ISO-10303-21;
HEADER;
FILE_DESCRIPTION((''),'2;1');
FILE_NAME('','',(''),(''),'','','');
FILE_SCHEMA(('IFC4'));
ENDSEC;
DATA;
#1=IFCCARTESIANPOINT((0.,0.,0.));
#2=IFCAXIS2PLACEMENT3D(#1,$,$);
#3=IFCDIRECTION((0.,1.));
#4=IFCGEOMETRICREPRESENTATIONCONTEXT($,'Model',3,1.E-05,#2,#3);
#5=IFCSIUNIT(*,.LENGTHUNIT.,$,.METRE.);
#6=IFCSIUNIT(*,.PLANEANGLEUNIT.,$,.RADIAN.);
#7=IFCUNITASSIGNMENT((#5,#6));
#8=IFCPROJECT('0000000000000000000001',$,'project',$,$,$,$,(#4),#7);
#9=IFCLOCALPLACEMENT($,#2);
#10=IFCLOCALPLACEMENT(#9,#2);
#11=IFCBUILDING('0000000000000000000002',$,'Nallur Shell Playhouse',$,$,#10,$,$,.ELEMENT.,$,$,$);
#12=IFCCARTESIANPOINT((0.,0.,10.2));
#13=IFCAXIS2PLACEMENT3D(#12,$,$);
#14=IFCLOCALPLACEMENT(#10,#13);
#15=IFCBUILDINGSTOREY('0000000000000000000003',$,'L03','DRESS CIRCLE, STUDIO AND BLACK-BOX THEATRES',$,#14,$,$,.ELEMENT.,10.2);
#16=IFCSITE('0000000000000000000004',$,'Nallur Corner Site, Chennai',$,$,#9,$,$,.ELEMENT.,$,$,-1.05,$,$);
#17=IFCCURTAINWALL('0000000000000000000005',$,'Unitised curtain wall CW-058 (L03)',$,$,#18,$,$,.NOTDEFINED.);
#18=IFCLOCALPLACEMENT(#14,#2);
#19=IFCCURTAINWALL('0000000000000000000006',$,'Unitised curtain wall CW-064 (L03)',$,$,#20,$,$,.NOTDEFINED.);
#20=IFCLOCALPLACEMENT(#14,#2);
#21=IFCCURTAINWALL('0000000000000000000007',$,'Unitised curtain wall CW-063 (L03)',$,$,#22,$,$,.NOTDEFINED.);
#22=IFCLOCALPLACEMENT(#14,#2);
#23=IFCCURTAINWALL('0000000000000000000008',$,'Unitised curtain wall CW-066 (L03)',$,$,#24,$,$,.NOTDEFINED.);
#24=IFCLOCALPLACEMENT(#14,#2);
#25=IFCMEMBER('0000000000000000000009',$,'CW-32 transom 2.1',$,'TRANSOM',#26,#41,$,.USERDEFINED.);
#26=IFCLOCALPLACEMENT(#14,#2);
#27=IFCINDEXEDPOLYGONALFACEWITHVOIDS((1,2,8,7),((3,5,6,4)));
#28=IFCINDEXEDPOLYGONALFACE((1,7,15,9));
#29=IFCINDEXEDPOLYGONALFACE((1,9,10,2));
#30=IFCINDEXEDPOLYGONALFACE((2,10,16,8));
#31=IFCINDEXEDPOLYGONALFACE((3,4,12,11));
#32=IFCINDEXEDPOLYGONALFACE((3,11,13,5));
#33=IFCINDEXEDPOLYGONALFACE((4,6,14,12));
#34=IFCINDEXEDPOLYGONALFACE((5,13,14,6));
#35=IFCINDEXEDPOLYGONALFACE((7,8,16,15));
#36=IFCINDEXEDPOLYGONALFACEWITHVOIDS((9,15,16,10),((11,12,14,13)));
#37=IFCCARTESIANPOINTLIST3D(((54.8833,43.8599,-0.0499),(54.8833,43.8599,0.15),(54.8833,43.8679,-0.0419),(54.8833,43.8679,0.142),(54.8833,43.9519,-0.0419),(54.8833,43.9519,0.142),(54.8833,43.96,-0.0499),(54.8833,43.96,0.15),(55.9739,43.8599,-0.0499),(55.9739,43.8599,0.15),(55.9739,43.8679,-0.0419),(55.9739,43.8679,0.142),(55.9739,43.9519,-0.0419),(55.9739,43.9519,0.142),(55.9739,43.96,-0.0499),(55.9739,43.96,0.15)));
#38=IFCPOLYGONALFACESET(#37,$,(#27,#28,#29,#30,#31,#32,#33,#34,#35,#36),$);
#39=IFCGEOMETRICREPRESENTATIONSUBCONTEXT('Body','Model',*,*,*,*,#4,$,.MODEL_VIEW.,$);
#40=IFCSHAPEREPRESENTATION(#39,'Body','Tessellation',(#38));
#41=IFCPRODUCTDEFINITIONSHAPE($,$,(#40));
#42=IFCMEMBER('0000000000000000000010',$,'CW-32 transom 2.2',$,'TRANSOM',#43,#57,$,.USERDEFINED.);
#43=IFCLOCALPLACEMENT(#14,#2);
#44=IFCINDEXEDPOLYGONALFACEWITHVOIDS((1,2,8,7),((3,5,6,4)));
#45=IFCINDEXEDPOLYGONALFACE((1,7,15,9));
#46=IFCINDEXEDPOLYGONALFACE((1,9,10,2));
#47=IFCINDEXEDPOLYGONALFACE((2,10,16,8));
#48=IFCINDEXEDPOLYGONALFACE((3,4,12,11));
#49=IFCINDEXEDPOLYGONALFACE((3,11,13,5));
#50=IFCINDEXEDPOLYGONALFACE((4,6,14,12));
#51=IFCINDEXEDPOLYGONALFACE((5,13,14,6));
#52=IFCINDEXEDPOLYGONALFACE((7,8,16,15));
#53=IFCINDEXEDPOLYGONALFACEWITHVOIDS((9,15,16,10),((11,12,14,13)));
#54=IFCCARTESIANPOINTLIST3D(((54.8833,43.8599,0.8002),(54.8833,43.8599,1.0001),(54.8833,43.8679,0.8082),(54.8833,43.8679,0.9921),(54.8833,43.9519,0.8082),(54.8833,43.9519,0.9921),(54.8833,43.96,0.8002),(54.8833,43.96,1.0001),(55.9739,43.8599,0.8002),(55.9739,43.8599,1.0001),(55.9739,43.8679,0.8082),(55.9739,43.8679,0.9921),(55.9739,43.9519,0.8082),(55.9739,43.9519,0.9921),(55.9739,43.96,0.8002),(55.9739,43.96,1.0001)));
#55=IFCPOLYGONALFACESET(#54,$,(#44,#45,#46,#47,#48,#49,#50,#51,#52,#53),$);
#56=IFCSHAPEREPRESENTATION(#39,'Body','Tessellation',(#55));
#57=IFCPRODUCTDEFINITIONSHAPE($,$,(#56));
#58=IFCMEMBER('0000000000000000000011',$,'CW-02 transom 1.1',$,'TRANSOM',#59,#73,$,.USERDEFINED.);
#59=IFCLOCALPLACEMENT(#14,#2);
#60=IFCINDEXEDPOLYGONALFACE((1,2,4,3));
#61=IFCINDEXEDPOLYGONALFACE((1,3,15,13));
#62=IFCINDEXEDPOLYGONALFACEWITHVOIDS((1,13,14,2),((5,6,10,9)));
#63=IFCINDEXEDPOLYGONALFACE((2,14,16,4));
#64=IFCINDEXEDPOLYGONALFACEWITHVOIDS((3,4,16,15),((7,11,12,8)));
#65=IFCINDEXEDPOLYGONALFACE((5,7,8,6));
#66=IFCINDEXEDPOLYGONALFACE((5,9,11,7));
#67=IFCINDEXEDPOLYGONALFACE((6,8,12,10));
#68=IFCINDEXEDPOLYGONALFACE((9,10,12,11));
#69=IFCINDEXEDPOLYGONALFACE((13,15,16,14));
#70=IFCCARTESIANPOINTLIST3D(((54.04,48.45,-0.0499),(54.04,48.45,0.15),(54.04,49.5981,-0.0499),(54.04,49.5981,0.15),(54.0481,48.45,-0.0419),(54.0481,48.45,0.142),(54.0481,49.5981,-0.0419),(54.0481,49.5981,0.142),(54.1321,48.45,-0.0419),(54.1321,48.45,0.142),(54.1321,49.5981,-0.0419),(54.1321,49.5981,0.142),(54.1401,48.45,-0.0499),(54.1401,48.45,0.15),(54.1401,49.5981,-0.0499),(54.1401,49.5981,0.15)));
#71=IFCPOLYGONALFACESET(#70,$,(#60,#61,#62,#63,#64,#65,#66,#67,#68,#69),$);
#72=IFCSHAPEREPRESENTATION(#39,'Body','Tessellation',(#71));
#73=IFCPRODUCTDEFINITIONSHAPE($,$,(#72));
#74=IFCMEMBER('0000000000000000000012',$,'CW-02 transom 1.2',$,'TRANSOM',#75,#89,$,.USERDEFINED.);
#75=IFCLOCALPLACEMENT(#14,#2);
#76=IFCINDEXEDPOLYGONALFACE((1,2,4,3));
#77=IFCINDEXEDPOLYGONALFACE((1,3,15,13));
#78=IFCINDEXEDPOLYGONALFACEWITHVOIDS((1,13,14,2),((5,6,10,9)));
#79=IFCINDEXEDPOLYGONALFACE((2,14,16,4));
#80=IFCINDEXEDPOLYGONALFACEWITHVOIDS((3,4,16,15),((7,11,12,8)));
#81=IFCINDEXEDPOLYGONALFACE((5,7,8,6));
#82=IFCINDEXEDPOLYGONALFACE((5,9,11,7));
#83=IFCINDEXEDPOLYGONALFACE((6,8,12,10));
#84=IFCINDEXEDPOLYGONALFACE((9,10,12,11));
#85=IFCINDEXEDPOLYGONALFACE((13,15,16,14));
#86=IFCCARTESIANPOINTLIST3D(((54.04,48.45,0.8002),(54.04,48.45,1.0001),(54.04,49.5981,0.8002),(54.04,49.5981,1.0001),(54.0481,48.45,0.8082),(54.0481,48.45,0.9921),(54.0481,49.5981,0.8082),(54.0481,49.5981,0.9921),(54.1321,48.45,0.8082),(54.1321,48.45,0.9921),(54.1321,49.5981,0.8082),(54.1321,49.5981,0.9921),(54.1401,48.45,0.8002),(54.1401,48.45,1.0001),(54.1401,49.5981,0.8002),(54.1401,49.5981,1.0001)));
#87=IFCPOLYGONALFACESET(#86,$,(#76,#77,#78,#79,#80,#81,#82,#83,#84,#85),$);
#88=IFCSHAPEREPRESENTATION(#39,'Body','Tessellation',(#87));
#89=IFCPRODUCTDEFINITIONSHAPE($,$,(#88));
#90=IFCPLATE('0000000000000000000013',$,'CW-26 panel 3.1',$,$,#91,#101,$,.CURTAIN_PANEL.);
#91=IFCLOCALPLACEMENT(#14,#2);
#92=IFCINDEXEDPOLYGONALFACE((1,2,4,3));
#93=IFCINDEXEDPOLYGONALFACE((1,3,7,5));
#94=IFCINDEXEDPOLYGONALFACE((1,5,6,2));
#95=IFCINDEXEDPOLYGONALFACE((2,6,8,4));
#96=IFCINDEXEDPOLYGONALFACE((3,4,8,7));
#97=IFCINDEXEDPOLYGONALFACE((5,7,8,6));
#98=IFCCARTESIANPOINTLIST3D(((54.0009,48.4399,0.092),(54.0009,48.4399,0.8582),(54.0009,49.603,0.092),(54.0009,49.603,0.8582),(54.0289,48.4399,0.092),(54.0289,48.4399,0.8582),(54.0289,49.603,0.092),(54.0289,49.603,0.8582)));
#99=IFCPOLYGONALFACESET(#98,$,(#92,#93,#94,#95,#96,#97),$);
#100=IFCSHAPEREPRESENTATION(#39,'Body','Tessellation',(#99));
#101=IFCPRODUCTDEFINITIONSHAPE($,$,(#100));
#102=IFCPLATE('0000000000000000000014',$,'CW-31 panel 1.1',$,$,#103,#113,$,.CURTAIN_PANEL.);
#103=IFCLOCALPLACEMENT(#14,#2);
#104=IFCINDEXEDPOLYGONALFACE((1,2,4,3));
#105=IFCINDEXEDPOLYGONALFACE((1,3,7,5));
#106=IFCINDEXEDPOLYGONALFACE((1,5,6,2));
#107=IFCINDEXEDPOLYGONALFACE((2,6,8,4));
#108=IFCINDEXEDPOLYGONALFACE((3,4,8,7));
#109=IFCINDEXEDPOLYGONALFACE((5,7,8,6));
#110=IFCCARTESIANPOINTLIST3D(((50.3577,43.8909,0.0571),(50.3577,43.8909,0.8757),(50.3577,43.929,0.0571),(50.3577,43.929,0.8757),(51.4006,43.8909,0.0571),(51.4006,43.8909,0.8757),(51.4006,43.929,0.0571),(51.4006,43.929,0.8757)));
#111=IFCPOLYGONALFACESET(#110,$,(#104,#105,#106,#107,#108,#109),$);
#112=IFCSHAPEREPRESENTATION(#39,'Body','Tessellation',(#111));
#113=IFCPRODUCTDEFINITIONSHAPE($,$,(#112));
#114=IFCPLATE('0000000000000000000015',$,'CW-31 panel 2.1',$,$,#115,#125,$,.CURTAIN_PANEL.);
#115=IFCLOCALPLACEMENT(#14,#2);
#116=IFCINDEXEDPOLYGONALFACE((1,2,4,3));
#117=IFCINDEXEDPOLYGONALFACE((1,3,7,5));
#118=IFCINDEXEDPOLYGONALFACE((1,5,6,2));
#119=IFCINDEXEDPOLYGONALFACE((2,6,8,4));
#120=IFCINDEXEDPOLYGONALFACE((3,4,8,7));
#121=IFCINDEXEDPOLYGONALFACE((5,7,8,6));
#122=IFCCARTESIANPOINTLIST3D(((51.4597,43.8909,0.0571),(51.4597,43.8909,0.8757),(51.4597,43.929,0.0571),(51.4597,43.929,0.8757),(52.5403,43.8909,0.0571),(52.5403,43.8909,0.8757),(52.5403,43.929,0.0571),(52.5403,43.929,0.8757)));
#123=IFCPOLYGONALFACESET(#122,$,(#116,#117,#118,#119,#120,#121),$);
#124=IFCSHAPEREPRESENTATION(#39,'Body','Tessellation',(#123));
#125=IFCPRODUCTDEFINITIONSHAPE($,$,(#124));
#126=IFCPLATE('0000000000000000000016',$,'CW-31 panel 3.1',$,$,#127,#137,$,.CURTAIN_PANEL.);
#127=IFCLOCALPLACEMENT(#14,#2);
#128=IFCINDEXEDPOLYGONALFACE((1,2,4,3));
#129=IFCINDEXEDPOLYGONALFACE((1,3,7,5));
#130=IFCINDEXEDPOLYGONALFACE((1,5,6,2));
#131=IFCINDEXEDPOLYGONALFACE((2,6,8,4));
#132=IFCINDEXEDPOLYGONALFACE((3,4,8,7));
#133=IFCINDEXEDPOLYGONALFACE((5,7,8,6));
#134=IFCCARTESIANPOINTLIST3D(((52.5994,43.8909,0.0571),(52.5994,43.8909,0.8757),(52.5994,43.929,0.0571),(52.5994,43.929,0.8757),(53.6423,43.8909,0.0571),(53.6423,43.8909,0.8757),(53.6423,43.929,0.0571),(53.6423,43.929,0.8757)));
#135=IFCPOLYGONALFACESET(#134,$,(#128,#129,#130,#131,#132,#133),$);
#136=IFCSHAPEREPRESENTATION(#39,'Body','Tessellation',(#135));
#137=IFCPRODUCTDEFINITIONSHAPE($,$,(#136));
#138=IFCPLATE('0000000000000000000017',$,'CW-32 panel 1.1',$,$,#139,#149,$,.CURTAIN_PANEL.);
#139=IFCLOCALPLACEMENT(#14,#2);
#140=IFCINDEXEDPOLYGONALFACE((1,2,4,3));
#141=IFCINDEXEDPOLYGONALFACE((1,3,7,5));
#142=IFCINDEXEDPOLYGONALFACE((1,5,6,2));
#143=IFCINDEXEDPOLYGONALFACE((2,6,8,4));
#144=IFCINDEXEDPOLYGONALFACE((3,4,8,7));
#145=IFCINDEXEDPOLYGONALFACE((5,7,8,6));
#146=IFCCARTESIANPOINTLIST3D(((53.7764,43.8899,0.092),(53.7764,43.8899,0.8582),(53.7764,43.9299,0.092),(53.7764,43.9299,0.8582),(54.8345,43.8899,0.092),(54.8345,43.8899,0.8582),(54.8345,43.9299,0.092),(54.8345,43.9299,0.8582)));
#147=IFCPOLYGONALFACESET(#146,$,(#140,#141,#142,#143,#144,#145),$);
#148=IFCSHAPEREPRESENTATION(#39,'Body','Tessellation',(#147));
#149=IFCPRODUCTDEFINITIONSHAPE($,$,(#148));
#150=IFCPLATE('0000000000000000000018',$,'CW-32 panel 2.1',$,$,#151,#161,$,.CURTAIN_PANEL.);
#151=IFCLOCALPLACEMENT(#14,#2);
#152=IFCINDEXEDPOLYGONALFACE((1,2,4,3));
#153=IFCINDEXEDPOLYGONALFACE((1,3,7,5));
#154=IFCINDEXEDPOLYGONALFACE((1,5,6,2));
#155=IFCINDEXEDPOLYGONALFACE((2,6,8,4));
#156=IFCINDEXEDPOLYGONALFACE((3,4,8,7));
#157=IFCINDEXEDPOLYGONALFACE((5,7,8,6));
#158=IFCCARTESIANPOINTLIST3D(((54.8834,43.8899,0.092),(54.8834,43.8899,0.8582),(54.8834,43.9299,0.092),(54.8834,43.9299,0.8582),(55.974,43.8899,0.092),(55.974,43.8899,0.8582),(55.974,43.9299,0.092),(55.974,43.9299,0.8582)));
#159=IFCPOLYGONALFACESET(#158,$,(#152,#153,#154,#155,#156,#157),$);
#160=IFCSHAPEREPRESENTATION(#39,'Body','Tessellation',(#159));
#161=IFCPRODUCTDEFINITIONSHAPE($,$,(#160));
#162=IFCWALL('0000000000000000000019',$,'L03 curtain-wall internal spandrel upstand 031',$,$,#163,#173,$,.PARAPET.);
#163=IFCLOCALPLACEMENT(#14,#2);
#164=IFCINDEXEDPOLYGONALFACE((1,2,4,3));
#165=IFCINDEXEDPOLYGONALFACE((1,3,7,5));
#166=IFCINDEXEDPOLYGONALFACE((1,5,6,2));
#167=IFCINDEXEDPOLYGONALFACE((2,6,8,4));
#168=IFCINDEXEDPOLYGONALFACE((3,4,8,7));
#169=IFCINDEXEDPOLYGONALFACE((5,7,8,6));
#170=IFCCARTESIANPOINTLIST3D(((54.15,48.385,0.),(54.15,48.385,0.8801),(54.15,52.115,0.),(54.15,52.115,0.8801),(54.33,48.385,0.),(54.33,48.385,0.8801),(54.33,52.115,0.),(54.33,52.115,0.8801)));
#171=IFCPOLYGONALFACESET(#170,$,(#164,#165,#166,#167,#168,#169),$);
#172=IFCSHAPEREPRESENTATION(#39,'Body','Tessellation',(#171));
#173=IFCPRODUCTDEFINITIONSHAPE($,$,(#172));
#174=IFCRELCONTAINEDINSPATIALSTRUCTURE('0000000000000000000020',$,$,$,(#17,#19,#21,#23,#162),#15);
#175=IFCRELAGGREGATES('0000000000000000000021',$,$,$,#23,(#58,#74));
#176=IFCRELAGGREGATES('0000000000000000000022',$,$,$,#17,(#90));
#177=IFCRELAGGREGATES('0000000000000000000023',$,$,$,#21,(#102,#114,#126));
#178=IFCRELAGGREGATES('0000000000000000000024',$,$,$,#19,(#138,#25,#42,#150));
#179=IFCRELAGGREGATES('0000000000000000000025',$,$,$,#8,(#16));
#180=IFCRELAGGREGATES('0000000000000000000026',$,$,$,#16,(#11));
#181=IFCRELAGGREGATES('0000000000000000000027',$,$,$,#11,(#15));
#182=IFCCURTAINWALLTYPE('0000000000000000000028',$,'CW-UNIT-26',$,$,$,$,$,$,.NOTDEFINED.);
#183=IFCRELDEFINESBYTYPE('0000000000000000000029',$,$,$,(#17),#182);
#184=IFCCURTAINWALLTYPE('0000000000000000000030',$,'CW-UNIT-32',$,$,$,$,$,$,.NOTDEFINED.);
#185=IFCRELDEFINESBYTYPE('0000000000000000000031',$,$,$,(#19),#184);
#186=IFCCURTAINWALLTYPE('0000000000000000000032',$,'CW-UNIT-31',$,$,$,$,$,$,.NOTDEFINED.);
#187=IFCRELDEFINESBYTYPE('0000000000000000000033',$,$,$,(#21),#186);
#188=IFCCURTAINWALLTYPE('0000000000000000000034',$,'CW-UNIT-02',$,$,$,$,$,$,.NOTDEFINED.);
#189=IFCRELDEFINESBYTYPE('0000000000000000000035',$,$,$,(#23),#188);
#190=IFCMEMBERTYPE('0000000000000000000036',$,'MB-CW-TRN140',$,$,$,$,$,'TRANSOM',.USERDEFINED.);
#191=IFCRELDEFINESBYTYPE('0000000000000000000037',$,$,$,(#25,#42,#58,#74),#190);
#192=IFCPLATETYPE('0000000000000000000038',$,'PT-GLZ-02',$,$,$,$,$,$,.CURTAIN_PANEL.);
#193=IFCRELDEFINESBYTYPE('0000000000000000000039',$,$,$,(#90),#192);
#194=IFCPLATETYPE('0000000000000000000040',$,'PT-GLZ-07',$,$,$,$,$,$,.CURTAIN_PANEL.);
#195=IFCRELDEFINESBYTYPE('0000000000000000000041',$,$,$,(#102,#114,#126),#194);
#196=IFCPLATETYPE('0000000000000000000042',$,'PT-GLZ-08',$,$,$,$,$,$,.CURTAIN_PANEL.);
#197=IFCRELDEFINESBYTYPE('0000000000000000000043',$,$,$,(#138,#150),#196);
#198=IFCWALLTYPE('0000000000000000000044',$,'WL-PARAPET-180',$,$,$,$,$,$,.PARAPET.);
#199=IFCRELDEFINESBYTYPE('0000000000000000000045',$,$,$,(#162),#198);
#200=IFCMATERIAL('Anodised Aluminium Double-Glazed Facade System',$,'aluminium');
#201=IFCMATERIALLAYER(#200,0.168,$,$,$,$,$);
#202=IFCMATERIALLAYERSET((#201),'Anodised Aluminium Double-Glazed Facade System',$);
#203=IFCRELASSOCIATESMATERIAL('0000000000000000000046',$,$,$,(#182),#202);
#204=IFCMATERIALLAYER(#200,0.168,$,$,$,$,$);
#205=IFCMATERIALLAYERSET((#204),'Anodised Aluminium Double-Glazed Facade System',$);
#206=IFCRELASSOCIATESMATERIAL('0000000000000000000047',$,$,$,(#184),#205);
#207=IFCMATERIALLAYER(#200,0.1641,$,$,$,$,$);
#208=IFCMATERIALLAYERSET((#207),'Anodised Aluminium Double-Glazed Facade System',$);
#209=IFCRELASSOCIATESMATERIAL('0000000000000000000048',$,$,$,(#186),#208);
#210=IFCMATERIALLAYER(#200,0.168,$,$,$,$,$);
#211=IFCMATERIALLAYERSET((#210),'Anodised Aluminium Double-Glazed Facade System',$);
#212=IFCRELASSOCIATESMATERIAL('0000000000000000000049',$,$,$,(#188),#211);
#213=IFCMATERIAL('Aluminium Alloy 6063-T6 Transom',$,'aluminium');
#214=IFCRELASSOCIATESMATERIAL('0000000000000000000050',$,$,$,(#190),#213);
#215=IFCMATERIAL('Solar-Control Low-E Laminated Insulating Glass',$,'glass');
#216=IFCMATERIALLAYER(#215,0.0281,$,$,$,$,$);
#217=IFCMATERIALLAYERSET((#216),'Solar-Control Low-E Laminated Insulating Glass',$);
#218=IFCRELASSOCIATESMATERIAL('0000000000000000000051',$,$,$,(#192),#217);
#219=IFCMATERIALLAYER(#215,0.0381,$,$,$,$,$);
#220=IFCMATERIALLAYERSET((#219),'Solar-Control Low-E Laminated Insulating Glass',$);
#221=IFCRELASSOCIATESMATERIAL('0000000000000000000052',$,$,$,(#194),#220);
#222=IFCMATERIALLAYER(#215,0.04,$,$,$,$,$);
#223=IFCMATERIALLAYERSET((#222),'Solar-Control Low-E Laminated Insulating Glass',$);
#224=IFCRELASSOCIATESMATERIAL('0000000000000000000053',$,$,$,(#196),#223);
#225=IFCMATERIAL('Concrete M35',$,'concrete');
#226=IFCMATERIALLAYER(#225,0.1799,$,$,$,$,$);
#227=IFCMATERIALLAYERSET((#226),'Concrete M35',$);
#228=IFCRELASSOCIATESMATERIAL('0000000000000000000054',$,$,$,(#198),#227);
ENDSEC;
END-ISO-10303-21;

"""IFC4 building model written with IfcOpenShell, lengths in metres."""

from ifc_helpers import new_model, si_unit, direction, frame, frame_2d, origin, origin_2d, place, context, subcontext, project, spatial, rectangle, hollow_rectangle, extrude, material, layer, layer_set, material_profile, profile_set, type_object, element, aggregate, save


model = new_model("IFC4")

# Units and contexts
model_context = context("Model", 3, precision=1e-05, world=origin(), true_north=direction((0.0, 1.0)))
body_context = subcontext(model_context, "Body", "Model", "MODEL_VIEW")
ifc_project = project(units=[si_unit("LENGTHUNIT", "METRE"), si_unit("PLANEANGLEUNIT", "RADIAN")], contexts=[model_context])

# Site, building, storey
site_placement = place(None, origin())
site = spatial("IfcSite", under=ifc_project, at=site_placement, Name="Nallur Corner Site, Chennai", CompositionType="ELEMENT", RefElevation=-1.05)
building_placement = place(site_placement, origin())
building = spatial("IfcBuilding", under=site, at=building_placement, Name="Nallur Shell Playhouse", CompositionType="ELEMENT")
storey_placement = place(building_placement, frame((0.0, 0.0, 10.2)))
storey = spatial("IfcBuildingStorey", under=building, at=storey_placement, Name="L03", Description="DRESS CIRCLE, STUDIO AND BLACK-BOX THEATRES", CompositionType="ELEMENT", Elevation=10.2)

# Curtain wall
ifc_material_1 = material(Name="Anodised Aluminium Double-Glazed Facade System", Category="aluminium")
ifc_layer_1 = layer(ifc_material_1, 0.168)
ifc_layer_set_1 = layer_set([ifc_layer_1], Name="Anodised Aluminium Double-Glazed Facade System")
curtain_wall_type_1 = type_object("IfcCurtainWallType", Name="CW-UNIT-26", PredefinedType="NOTDEFINED", material=ifc_layer_set_1)
curtain_wall_1_placement = place(storey_placement, origin())
curtain_wall_1 = element("IfcCurtainWall", 1, at=curtain_wall_1_placement, inside=storey, type_object=curtain_wall_type_1, Name="Unitised curtain wall CW-058 (L03)", PredefinedType="NOTDEFINED")

# Curtain walls
ifc_layer_2 = layer(ifc_material_1, 0.168)
ifc_layer_set_2 = layer_set([ifc_layer_2], Name="Anodised Aluminium Double-Glazed Facade System")
curtain_wall_type_2 = type_object("IfcCurtainWallType", Name="CW-UNIT-32", PredefinedType="NOTDEFINED", material=ifc_layer_set_2)
curtain_wall_2_placement = place(storey_placement, origin())
curtain_wall_2 = element("IfcCurtainWall", 2, at=curtain_wall_2_placement, inside=storey, type_object=curtain_wall_type_2, Name="Unitised curtain wall CW-064 (L03)", PredefinedType="NOTDEFINED")
ifc_layer_3 = layer(ifc_material_1, 0.1641)
ifc_layer_set_3 = layer_set([ifc_layer_3], Name="Anodised Aluminium Double-Glazed Facade System")
curtain_wall_type_3 = type_object("IfcCurtainWallType", Name="CW-UNIT-31", PredefinedType="NOTDEFINED", material=ifc_layer_set_3)
curtain_wall_3_placement = place(storey_placement, origin())
curtain_wall_3 = element("IfcCurtainWall", 3, at=curtain_wall_3_placement, inside=storey, type_object=curtain_wall_type_3, Name="Unitised curtain wall CW-063 (L03)", PredefinedType="NOTDEFINED")

# Curtain wall
ifc_layer_4 = layer(ifc_material_1, 0.168)
ifc_layer_set_4 = layer_set([ifc_layer_4], Name="Anodised Aluminium Double-Glazed Facade System")
curtain_wall_type_4 = type_object("IfcCurtainWallType", Name="CW-UNIT-02", PredefinedType="NOTDEFINED", material=ifc_layer_set_4)
curtain_wall_4_placement = place(storey_placement, origin())
curtain_wall_4 = element("IfcCurtainWall", 4, at=curtain_wall_4_placement, inside=storey, type_object=curtain_wall_type_4, Name="Unitised curtain wall CW-066 (L03)", PredefinedType="NOTDEFINED")

# Members
ifc_material_2 = material(Name="Aluminium Alloy 6063-T6 Transom", Category="aluminium")
ifc_material_profile_1 = material_profile(ifc_material_2, hollow_rectangle(XDim=0.1001, YDim=0.2, WallThickness=0.0081, at=origin_2d()), Name="RHS 200x100x8")
ifc_profile_set_1 = profile_set([ifc_material_profile_1], Name="Aluminium Alloy 6063-T6 Transom")
member_type_1 = type_object("IfcMemberType", Name="MB-CW-TRN140", ElementType="TRANSOM", PredefinedType="USERDEFINED", material=ifc_profile_set_1)
member_1_placement = place(storey_placement, frame((54.8833, 43.9099, 0.05), z_axis=(1.0, 0.0, 0.0), x_axis=(0.0, 1.0, 0.0)))
member_1 = element("IfcMember", 5, at=member_1_placement, type_object=member_type_1, Name="CW-32 transom 2.1", ObjectType="TRANSOM", PredefinedType="USERDEFINED", context=body_context, shape_type="SweptSolid", body=[
    extrude(hollow_rectangle(XDim=0.1001, YDim=0.2, WallThickness=0.0081, at=origin_2d()), origin(), (0.0, 0.0, 1.0), 1.0906),
])
member_2_placement = place(storey_placement, frame((54.8833, 43.9099, 0.9001), z_axis=(1.0, 0.0, 0.0), x_axis=(0.0, 1.0, 0.0)))
member_2 = element("IfcMember", 6, at=member_2_placement, type_object=member_type_1, Name="CW-32 transom 2.2", ObjectType="TRANSOM", PredefinedType="USERDEFINED", context=body_context, shape_type="SweptSolid", body=[
    extrude(hollow_rectangle(XDim=0.1001, YDim=0.2, WallThickness=0.0081, at=origin_2d()), origin(), (0.0, 0.0, 1.0), 1.0906),
])
member_3_placement = place(storey_placement, frame((54.0901, 48.45, 0.05), z_axis=(0.0, 1.0, 0.0), x_axis=(-1.0, 0.0, 0.0)))
member_3 = element("IfcMember", 7, at=member_3_placement, type_object=member_type_1, Name="CW-02 transom 1.1", ObjectType="TRANSOM", PredefinedType="USERDEFINED", context=body_context, shape_type="SweptSolid", body=[
    extrude(hollow_rectangle(XDim=0.1001, YDim=0.2, WallThickness=0.0081, at=origin_2d()), origin(), (0.0, 0.0, 1.0), 1.1482),
])
member_4_placement = place(storey_placement, frame((54.0901, 48.45, 0.9001), z_axis=(0.0, 1.0, 0.0), x_axis=(-1.0, 0.0, 0.0)))
member_4 = element("IfcMember", 8, at=member_4_placement, type_object=member_type_1, Name="CW-02 transom 1.2", ObjectType="TRANSOM", PredefinedType="USERDEFINED", context=body_context, shape_type="SweptSolid", body=[
    extrude(hollow_rectangle(XDim=0.1001, YDim=0.2, WallThickness=0.0081, at=origin_2d()), origin(), (0.0, 0.0, 1.0), 1.1482),
])
aggregate(curtain_wall_4, [member_3, member_4])

# Plates
ifc_material_3 = material(Name="Solar-Control Low-E Laminated Insulating Glass", Category="glass")
ifc_layer_5 = layer(ifc_material_3, 0.0281)
ifc_layer_set_5 = layer_set([ifc_layer_5], Name="Solar-Control Low-E Laminated Insulating Glass")
plate_type_1 = type_object("IfcPlateType", Name="PT-GLZ-02", PredefinedType="CURTAIN_PANEL", material=ifc_layer_set_5)
plate_1_placement = place(storey_placement, frame((54.0149, 49.0215, 0.092), z_axis=(0.0, 0.0, 1.0), x_axis=(0.0, -1.0, 0.0)))
plate_1 = element("IfcPlate", 9, at=plate_1_placement, type_object=plate_type_1, Name="CW-26 panel 3.1", PredefinedType="CURTAIN_PANEL", context=body_context, shape_type="SweptSolid", body=[
    extrude(rectangle(XDim=1.1631, YDim=0.0281, at=origin_2d()), origin(), (0.0, 0.0, 1.0), 0.7661),
])
aggregate(curtain_wall_1, [plate_1])
ifc_layer_6 = layer(ifc_material_3, 0.0381)
ifc_layer_set_6 = layer_set([ifc_layer_6], Name="Solar-Control Low-E Laminated Insulating Glass")
plate_type_2 = type_object("IfcPlateType", Name="PT-GLZ-07", PredefinedType="CURTAIN_PANEL", material=ifc_layer_set_6)
plate_2_placement = place(storey_placement, frame((50.8792, 43.9099, 0.0571), z_axis=(0.0, 0.0, 1.0), x_axis=(1.0, 0.0, 0.0)))
plate_2 = element("IfcPlate", 10, at=plate_2_placement, type_object=plate_type_2, Name="CW-31 panel 1.1", PredefinedType="CURTAIN_PANEL", context=body_context, shape_type="SweptSolid", body=[
    extrude(rectangle(XDim=1.043, YDim=0.0381, at=origin_2d()), origin(), (0.0, 0.0, 1.0), 0.8186),
])
plate_3_placement = place(storey_placement, frame((52.0, 43.9099, 0.0571), z_axis=(0.0, 0.0, 1.0), x_axis=(1.0, 0.0, 0.0)))
plate_3 = element("IfcPlate", 11, at=plate_3_placement, type_object=plate_type_2, Name="CW-31 panel 2.1", PredefinedType="CURTAIN_PANEL", context=body_context, shape_type="SweptSolid", body=[
    extrude(rectangle(XDim=1.0806, YDim=0.0381, at=origin_2d()), origin(), (0.0, 0.0, 1.0), 0.8186),
])
plate_4_placement = place(storey_placement, frame((53.1208, 43.9099, 0.0571), z_axis=(0.0, 0.0, 1.0), x_axis=(1.0, 0.0, 0.0)))
plate_4 = element("IfcPlate", 12, at=plate_4_placement, type_object=plate_type_2, Name="CW-31 panel 3.1", PredefinedType="CURTAIN_PANEL", context=body_context, shape_type="SweptSolid", body=[
    extrude(rectangle(XDim=1.043, YDim=0.0381, at=origin_2d()), origin(), (0.0, 0.0, 1.0), 0.8186),
])
aggregate(curtain_wall_3, [plate_2, plate_3, plate_4])
ifc_layer_7 = layer(ifc_material_3, 0.04)
ifc_layer_set_7 = layer_set([ifc_layer_7], Name="Solar-Control Low-E Laminated Insulating Glass")
plate_type_3 = type_object("IfcPlateType", Name="PT-GLZ-08", PredefinedType="CURTAIN_PANEL", material=ifc_layer_set_7)
plate_5_placement = place(storey_placement, frame((54.3054, 43.9099, 0.092), z_axis=(0.0, 0.0, 1.0), x_axis=(1.0, 0.0, 0.0)))
plate_5 = element("IfcPlate", 13, at=plate_5_placement, type_object=plate_type_3, Name="CW-32 panel 1.1", PredefinedType="CURTAIN_PANEL", context=body_context, shape_type="SweptSolid", body=[
    extrude(rectangle(XDim=1.0581, YDim=0.04, at=origin_2d()), origin(), (0.0, 0.0, 1.0), 0.7661),
])
plate_6_placement = place(storey_placement, frame((55.4287, 43.9099, 0.092), z_axis=(0.0, 0.0, 1.0), x_axis=(1.0, 0.0, 0.0)))
plate_6 = element("IfcPlate", 14, at=plate_6_placement, type_object=plate_type_3, Name="CW-32 panel 2.1", PredefinedType="CURTAIN_PANEL", context=body_context, shape_type="SweptSolid", body=[
    extrude(rectangle(XDim=1.0906, YDim=0.04, at=origin_2d()), origin(), (0.0, 0.0, 1.0), 0.7661),
])
aggregate(curtain_wall_2, [plate_5, member_1, member_2, plate_6])

# Wall
ifc_material_4 = material(Name="Concrete M35", Category="concrete")
ifc_layer_8 = layer(ifc_material_4, 0.1799)
ifc_layer_set_8 = layer_set([ifc_layer_8], Name="Concrete M35")
wall_type = type_object("IfcWallType", Name="WL-PARAPET-180", PredefinedType="PARAPET", material=ifc_layer_set_8)
wall_placement = place(storey_placement, frame((54.24, 48.385, 0.0), z_axis=(0.0, 0.0, 1.0), x_axis=(0.0, 1.0, 0.0)))
element("IfcWall", 15, at=wall_placement, inside=storey, type_object=wall_type, Name="L03 curtain-wall internal spandrel upstand 031", PredefinedType="PARAPET", context=body_context, shape_type="SweptSolid", body=[
    extrude(rectangle(XDim=3.73, YDim=0.1799, at=frame_2d((1.865, 0.0))), origin(), (0.0, 0.0, 1.0), 0.8801),
])

save(model, "model.ifc")
